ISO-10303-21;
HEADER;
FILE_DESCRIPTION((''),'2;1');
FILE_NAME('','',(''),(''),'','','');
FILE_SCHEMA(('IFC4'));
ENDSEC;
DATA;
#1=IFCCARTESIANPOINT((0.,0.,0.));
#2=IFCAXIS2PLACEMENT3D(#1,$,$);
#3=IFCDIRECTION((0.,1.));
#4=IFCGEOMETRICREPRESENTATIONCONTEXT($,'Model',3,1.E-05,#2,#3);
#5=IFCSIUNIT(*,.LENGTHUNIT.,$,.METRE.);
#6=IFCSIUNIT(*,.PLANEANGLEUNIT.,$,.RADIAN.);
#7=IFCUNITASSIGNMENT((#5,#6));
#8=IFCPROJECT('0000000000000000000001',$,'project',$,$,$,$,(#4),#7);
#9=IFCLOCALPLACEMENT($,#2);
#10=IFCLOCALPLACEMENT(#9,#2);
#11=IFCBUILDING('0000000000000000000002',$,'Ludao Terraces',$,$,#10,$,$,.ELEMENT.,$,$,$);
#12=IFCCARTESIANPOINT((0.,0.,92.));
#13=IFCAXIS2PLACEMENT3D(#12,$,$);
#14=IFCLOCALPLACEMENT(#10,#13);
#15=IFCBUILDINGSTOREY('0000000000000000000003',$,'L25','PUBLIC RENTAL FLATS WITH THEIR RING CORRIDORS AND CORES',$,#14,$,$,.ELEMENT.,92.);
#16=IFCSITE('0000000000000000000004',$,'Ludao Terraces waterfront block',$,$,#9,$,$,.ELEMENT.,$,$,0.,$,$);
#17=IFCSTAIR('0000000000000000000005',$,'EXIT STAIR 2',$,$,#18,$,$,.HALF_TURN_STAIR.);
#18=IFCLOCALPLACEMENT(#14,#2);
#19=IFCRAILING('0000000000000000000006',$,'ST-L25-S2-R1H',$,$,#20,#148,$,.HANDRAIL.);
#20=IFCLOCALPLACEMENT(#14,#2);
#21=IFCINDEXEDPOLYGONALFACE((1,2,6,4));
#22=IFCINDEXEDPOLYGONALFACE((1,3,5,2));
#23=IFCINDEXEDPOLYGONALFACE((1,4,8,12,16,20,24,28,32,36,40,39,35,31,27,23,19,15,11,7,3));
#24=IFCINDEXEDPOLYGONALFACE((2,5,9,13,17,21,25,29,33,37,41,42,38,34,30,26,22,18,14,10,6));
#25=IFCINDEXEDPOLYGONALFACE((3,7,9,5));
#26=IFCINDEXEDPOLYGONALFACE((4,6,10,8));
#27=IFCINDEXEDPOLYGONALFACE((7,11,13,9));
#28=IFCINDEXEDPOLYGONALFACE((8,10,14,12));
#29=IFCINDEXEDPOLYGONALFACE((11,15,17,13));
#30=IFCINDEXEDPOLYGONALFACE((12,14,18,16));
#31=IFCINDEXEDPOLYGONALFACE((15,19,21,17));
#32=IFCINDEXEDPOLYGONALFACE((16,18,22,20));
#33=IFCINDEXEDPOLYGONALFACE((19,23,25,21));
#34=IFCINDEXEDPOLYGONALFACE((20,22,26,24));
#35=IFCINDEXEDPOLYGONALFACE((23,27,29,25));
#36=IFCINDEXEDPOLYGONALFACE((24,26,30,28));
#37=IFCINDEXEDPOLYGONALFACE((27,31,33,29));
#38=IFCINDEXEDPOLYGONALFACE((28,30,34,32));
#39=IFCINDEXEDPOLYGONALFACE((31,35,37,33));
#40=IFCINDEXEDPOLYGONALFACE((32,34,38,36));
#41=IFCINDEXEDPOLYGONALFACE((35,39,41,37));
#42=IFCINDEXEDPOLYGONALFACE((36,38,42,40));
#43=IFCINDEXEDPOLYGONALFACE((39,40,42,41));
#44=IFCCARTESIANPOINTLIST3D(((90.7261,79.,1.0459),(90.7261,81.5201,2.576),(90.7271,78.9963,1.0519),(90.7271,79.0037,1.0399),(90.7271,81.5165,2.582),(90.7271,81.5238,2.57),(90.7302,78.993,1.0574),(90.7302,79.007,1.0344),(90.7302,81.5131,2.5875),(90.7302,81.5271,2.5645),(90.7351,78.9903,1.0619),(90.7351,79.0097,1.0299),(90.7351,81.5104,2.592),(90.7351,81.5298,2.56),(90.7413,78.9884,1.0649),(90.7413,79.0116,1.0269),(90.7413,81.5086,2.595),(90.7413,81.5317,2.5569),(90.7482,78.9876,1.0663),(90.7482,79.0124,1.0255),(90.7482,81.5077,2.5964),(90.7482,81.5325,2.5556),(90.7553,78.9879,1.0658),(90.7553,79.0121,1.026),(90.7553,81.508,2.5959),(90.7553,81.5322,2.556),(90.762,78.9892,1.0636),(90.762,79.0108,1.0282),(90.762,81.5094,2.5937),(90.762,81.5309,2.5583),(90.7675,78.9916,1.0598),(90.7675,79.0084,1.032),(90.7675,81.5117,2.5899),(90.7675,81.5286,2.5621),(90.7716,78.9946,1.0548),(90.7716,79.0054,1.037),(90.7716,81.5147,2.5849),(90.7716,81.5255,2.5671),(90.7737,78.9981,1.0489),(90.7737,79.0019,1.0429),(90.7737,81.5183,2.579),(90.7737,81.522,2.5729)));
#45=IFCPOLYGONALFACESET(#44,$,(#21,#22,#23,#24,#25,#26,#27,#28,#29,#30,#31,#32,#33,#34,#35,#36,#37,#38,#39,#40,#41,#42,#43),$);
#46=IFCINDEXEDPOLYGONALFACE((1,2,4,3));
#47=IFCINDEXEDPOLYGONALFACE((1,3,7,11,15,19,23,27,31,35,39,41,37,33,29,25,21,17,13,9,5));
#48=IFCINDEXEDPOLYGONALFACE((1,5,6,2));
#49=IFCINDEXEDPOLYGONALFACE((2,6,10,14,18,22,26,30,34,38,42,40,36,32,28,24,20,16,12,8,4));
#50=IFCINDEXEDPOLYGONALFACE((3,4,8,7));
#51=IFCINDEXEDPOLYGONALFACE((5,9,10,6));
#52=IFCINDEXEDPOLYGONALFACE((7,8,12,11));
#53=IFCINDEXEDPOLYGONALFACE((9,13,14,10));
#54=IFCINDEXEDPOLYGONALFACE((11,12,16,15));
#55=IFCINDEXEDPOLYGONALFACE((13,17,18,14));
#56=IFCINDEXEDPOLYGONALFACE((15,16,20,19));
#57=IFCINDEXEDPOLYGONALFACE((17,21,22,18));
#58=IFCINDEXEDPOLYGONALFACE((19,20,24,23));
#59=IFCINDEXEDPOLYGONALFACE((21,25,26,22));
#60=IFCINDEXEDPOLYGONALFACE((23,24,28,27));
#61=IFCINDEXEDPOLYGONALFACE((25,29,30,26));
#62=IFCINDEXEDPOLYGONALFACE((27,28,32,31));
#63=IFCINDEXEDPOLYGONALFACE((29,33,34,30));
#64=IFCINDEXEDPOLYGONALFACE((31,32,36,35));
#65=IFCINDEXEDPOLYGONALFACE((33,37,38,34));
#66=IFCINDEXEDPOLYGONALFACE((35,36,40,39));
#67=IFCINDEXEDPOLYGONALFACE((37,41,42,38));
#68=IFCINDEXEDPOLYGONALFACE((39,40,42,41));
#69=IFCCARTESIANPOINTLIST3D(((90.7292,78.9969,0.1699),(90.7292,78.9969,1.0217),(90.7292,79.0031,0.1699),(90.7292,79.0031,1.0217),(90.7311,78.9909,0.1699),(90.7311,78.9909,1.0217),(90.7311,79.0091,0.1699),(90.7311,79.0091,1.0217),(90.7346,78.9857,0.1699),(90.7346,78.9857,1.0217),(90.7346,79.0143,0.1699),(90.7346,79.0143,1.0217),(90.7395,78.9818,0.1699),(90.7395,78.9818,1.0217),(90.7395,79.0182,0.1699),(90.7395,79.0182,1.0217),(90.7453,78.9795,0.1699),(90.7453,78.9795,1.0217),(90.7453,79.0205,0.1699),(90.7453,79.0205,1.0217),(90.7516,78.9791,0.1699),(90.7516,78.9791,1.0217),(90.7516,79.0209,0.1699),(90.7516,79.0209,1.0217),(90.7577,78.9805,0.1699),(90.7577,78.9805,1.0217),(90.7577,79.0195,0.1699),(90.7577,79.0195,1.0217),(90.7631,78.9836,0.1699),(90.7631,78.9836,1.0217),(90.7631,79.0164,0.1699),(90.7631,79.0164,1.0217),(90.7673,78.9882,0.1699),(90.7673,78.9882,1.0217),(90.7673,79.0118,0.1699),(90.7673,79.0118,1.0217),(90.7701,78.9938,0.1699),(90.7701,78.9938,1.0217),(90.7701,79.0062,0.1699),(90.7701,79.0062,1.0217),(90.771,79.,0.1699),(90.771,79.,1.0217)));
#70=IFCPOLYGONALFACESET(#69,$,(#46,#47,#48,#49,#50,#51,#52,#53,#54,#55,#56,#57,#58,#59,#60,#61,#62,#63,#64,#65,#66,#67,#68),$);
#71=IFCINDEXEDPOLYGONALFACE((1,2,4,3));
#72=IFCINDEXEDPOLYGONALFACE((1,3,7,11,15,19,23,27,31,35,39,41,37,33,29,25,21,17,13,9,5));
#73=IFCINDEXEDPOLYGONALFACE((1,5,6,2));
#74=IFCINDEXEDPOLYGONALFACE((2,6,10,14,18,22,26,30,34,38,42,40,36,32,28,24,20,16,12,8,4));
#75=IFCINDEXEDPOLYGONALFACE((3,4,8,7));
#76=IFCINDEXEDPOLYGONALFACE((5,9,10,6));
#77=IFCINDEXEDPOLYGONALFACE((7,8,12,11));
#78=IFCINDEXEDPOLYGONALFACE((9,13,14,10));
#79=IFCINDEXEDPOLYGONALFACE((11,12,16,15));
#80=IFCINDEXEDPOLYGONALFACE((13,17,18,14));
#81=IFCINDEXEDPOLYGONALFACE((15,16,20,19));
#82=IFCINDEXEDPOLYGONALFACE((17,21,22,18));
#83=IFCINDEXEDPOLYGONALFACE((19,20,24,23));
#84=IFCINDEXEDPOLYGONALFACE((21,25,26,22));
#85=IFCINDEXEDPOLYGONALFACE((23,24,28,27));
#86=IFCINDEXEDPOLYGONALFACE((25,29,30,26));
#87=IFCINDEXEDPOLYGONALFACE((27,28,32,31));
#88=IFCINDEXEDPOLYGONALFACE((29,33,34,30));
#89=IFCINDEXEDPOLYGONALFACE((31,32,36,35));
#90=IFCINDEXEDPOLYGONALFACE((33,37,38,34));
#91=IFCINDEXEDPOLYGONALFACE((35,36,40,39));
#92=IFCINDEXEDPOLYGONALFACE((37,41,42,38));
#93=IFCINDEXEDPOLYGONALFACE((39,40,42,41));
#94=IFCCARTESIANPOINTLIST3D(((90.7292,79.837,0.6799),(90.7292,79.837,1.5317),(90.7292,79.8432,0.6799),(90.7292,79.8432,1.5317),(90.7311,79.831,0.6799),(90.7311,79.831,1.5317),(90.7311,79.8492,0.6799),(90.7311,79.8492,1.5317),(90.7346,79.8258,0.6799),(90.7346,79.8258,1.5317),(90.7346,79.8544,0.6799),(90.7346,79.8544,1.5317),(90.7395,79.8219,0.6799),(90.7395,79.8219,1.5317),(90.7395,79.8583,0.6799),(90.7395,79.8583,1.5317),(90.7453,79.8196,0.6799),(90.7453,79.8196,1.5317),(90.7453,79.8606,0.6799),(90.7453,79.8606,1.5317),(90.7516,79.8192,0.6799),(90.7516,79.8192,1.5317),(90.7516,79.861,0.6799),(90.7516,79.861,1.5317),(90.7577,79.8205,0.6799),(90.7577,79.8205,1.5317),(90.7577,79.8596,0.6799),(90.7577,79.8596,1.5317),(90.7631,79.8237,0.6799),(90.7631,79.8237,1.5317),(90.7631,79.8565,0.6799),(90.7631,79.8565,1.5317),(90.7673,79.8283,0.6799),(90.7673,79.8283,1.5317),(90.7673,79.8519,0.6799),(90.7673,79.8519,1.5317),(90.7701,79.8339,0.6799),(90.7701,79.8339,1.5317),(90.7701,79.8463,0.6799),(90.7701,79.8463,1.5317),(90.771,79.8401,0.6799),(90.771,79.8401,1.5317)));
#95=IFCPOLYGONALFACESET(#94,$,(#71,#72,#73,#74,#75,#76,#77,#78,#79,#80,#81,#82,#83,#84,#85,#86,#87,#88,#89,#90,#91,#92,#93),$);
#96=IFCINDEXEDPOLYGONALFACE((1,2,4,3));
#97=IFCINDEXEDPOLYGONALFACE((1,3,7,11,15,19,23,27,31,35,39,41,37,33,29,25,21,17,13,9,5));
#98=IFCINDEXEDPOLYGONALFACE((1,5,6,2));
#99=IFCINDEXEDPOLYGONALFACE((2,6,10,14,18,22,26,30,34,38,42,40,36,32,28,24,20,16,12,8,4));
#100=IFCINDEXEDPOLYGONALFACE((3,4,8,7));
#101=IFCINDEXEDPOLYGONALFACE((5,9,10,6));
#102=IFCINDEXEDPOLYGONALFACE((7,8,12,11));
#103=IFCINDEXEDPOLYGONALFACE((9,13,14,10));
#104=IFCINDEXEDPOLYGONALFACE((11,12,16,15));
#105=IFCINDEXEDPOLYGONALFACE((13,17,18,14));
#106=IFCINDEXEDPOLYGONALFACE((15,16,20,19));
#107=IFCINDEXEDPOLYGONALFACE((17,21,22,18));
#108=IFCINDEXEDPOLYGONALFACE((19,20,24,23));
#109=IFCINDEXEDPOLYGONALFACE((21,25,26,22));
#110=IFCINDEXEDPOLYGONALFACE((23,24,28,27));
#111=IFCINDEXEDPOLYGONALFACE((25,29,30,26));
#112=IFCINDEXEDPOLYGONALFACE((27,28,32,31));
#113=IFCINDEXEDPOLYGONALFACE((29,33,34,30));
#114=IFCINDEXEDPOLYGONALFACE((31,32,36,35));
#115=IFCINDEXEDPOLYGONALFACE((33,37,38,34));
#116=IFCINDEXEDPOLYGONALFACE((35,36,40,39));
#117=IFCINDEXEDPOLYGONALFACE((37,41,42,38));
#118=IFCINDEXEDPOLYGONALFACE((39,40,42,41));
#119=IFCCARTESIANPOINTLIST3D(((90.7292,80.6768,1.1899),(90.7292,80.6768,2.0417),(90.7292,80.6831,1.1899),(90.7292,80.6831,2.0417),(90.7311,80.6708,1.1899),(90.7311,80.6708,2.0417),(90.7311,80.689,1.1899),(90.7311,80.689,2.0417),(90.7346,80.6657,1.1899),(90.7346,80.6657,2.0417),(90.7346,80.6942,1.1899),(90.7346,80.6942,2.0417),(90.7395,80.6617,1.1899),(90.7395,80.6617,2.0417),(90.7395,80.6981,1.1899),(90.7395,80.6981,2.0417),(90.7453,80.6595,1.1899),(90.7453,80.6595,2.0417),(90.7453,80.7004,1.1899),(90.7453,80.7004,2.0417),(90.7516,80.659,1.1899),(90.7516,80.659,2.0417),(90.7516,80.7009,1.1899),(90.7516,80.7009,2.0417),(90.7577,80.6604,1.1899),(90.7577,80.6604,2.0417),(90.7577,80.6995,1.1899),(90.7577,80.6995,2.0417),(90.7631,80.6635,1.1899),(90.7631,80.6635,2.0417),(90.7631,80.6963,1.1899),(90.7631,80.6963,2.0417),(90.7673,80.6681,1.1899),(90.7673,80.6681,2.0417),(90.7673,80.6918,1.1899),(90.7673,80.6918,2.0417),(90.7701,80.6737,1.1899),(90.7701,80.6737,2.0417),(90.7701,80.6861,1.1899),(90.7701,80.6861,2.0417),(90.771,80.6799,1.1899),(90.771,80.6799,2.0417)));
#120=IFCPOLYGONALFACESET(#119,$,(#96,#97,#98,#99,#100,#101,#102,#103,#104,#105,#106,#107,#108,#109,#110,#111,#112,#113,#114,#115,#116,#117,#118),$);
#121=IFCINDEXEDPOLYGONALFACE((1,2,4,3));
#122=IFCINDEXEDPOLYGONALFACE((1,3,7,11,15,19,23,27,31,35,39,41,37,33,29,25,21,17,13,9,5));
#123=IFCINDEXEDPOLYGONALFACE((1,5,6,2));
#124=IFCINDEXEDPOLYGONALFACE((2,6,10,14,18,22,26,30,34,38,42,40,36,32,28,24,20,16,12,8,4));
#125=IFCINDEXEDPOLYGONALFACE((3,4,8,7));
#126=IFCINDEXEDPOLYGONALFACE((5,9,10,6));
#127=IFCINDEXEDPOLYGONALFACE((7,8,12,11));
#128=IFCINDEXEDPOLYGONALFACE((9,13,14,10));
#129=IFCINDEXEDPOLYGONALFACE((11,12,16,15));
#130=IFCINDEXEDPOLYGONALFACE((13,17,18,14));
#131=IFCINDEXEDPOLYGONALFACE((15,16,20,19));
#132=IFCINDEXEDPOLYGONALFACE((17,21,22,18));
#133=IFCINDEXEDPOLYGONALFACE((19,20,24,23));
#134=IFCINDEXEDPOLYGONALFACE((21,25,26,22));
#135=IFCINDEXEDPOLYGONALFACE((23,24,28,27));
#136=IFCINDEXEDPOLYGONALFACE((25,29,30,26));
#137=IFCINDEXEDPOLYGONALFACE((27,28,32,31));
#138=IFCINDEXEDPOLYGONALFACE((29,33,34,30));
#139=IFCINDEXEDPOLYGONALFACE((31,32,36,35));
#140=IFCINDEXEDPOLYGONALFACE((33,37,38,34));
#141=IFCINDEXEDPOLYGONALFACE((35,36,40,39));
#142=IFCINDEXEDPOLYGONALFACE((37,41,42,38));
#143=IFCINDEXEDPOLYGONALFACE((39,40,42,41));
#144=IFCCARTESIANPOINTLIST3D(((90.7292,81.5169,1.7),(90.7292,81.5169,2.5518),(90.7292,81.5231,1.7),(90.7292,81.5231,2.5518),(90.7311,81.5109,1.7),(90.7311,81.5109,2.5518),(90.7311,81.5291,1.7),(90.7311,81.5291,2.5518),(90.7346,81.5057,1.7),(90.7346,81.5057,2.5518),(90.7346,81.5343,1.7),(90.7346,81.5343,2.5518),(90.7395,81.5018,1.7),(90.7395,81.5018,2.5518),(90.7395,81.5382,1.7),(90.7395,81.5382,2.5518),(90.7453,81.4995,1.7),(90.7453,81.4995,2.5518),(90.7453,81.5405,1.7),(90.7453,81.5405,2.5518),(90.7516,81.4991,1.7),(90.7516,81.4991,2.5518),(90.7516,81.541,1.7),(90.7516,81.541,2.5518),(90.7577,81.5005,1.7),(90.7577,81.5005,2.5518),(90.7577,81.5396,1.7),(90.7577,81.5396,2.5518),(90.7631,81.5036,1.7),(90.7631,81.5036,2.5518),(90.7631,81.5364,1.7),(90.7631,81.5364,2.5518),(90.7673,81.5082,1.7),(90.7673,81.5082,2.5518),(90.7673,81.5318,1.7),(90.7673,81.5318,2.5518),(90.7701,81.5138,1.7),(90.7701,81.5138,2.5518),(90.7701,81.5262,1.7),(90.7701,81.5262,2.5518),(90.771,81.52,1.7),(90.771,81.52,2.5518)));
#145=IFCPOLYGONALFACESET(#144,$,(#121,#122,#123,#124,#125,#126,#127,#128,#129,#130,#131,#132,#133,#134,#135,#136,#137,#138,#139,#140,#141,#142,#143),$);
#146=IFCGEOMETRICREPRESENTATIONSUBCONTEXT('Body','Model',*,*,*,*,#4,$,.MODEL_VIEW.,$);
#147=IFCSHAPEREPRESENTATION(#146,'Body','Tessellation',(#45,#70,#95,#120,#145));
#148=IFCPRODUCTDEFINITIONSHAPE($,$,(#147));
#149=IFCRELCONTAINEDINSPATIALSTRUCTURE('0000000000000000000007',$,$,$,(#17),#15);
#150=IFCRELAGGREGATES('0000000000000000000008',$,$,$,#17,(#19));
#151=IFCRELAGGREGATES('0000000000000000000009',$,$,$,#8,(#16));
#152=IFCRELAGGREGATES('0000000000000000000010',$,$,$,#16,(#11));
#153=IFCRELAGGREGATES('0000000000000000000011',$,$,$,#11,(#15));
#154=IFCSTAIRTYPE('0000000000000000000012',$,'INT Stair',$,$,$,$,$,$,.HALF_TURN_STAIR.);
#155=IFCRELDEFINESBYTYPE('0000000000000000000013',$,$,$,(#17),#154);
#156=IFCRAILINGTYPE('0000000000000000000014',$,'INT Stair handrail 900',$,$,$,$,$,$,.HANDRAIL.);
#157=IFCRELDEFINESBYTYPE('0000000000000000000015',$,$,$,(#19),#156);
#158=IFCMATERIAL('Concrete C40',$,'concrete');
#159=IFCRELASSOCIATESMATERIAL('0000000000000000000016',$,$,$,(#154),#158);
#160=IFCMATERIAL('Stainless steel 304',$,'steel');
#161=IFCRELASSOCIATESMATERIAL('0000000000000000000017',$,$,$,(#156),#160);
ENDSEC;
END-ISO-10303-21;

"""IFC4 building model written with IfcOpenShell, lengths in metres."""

from ifc_helpers import new_model, si_unit, direction, frame, origin, origin_2d, place, context, subcontext, project, spatial, circle, extrude, material, type_object, element, aggregate, save


model = new_model("IFC4")

# Units and contexts
model_context = context("Model", 3, precision=1e-05, world=origin(), true_north=direction((0.0, 1.0)))
body_context = subcontext(model_context, "Body", "Model", "MODEL_VIEW")
ifc_project = project(units=[si_unit("LENGTHUNIT", "METRE"), si_unit("PLANEANGLEUNIT", "RADIAN")], contexts=[model_context])

# Site, building, storey
site_placement = place(None, origin())
site = spatial("IfcSite", under=ifc_project, at=site_placement, Name="Ludao Terraces waterfront block", CompositionType="ELEMENT", RefElevation=0.0)
building_placement = place(site_placement, origin())
building = spatial("IfcBuilding", under=site, at=building_placement, Name="Ludao Terraces", CompositionType="ELEMENT")
storey_placement = place(building_placement, frame((0.0, 0.0, 92.0)))
storey = spatial("IfcBuildingStorey", under=building, at=storey_placement, Name="L25", Description="PUBLIC RENTAL FLATS WITH THEIR RING CORRIDORS AND CORES", CompositionType="ELEMENT", Elevation=92.0)

# Stair, railing
ifc_material_1 = material(Name="Concrete C40", Category="concrete")
stair_type = type_object("IfcStairType", Name="INT Stair", PredefinedType="HALF_TURN_STAIR", material=ifc_material_1)
stair_placement = place(storey_placement, origin())
stair = element("IfcStair", 1, at=stair_placement, inside=storey, type_object=stair_type, Name="EXIT STAIR 2", PredefinedType="HALF_TURN_STAIR")
ifc_material_2 = material(Name="Stainless steel 304", Category="steel")
railing_type_1 = type_object("IfcRailingType", Name="INT Stair handrail 900", PredefinedType="HANDRAIL", material=ifc_material_2)
railing_1_placement = place(storey_placement, frame((90.75, 79.0, 0.1699)))
railing_1 = element("IfcRailing", 2, at=railing_1_placement, type_object=railing_type_1, Name="ST-L25-S2-R1H", PredefinedType="HANDRAIL", context=body_context, shape_type="SweptSolid", body=[
    extrude(circle(Radius=0.0239, at=origin_2d()), frame((0.0, 0.0, 0.876), z_axis=(0.0, 0.854785, 0.518982), x_axis=(-1.0, 0.0, 0.0)), (0.0, 0.0, 1.0), 2.9482),
    extrude(circle(Radius=0.021, at=origin_2d()), origin(), (0.0, 0.0, 1.0), 0.8518),
    extrude(circle(Radius=0.021, at=origin_2d()), frame((0.0, 0.8401, 0.51)), (0.0, 0.0, 1.0), 0.8518),
    extrude(circle(Radius=0.021, at=origin_2d()), frame((0.0, 1.6799, 1.02)), (0.0, 0.0, 1.0), 0.8518),
    extrude(circle(Radius=0.021, at=origin_2d()), frame((0.0, 2.52, 1.53)), (0.0, 0.0, 1.0), 0.8518),
])
aggregate(stair, [railing_1])

save(model, "model.ifc")
